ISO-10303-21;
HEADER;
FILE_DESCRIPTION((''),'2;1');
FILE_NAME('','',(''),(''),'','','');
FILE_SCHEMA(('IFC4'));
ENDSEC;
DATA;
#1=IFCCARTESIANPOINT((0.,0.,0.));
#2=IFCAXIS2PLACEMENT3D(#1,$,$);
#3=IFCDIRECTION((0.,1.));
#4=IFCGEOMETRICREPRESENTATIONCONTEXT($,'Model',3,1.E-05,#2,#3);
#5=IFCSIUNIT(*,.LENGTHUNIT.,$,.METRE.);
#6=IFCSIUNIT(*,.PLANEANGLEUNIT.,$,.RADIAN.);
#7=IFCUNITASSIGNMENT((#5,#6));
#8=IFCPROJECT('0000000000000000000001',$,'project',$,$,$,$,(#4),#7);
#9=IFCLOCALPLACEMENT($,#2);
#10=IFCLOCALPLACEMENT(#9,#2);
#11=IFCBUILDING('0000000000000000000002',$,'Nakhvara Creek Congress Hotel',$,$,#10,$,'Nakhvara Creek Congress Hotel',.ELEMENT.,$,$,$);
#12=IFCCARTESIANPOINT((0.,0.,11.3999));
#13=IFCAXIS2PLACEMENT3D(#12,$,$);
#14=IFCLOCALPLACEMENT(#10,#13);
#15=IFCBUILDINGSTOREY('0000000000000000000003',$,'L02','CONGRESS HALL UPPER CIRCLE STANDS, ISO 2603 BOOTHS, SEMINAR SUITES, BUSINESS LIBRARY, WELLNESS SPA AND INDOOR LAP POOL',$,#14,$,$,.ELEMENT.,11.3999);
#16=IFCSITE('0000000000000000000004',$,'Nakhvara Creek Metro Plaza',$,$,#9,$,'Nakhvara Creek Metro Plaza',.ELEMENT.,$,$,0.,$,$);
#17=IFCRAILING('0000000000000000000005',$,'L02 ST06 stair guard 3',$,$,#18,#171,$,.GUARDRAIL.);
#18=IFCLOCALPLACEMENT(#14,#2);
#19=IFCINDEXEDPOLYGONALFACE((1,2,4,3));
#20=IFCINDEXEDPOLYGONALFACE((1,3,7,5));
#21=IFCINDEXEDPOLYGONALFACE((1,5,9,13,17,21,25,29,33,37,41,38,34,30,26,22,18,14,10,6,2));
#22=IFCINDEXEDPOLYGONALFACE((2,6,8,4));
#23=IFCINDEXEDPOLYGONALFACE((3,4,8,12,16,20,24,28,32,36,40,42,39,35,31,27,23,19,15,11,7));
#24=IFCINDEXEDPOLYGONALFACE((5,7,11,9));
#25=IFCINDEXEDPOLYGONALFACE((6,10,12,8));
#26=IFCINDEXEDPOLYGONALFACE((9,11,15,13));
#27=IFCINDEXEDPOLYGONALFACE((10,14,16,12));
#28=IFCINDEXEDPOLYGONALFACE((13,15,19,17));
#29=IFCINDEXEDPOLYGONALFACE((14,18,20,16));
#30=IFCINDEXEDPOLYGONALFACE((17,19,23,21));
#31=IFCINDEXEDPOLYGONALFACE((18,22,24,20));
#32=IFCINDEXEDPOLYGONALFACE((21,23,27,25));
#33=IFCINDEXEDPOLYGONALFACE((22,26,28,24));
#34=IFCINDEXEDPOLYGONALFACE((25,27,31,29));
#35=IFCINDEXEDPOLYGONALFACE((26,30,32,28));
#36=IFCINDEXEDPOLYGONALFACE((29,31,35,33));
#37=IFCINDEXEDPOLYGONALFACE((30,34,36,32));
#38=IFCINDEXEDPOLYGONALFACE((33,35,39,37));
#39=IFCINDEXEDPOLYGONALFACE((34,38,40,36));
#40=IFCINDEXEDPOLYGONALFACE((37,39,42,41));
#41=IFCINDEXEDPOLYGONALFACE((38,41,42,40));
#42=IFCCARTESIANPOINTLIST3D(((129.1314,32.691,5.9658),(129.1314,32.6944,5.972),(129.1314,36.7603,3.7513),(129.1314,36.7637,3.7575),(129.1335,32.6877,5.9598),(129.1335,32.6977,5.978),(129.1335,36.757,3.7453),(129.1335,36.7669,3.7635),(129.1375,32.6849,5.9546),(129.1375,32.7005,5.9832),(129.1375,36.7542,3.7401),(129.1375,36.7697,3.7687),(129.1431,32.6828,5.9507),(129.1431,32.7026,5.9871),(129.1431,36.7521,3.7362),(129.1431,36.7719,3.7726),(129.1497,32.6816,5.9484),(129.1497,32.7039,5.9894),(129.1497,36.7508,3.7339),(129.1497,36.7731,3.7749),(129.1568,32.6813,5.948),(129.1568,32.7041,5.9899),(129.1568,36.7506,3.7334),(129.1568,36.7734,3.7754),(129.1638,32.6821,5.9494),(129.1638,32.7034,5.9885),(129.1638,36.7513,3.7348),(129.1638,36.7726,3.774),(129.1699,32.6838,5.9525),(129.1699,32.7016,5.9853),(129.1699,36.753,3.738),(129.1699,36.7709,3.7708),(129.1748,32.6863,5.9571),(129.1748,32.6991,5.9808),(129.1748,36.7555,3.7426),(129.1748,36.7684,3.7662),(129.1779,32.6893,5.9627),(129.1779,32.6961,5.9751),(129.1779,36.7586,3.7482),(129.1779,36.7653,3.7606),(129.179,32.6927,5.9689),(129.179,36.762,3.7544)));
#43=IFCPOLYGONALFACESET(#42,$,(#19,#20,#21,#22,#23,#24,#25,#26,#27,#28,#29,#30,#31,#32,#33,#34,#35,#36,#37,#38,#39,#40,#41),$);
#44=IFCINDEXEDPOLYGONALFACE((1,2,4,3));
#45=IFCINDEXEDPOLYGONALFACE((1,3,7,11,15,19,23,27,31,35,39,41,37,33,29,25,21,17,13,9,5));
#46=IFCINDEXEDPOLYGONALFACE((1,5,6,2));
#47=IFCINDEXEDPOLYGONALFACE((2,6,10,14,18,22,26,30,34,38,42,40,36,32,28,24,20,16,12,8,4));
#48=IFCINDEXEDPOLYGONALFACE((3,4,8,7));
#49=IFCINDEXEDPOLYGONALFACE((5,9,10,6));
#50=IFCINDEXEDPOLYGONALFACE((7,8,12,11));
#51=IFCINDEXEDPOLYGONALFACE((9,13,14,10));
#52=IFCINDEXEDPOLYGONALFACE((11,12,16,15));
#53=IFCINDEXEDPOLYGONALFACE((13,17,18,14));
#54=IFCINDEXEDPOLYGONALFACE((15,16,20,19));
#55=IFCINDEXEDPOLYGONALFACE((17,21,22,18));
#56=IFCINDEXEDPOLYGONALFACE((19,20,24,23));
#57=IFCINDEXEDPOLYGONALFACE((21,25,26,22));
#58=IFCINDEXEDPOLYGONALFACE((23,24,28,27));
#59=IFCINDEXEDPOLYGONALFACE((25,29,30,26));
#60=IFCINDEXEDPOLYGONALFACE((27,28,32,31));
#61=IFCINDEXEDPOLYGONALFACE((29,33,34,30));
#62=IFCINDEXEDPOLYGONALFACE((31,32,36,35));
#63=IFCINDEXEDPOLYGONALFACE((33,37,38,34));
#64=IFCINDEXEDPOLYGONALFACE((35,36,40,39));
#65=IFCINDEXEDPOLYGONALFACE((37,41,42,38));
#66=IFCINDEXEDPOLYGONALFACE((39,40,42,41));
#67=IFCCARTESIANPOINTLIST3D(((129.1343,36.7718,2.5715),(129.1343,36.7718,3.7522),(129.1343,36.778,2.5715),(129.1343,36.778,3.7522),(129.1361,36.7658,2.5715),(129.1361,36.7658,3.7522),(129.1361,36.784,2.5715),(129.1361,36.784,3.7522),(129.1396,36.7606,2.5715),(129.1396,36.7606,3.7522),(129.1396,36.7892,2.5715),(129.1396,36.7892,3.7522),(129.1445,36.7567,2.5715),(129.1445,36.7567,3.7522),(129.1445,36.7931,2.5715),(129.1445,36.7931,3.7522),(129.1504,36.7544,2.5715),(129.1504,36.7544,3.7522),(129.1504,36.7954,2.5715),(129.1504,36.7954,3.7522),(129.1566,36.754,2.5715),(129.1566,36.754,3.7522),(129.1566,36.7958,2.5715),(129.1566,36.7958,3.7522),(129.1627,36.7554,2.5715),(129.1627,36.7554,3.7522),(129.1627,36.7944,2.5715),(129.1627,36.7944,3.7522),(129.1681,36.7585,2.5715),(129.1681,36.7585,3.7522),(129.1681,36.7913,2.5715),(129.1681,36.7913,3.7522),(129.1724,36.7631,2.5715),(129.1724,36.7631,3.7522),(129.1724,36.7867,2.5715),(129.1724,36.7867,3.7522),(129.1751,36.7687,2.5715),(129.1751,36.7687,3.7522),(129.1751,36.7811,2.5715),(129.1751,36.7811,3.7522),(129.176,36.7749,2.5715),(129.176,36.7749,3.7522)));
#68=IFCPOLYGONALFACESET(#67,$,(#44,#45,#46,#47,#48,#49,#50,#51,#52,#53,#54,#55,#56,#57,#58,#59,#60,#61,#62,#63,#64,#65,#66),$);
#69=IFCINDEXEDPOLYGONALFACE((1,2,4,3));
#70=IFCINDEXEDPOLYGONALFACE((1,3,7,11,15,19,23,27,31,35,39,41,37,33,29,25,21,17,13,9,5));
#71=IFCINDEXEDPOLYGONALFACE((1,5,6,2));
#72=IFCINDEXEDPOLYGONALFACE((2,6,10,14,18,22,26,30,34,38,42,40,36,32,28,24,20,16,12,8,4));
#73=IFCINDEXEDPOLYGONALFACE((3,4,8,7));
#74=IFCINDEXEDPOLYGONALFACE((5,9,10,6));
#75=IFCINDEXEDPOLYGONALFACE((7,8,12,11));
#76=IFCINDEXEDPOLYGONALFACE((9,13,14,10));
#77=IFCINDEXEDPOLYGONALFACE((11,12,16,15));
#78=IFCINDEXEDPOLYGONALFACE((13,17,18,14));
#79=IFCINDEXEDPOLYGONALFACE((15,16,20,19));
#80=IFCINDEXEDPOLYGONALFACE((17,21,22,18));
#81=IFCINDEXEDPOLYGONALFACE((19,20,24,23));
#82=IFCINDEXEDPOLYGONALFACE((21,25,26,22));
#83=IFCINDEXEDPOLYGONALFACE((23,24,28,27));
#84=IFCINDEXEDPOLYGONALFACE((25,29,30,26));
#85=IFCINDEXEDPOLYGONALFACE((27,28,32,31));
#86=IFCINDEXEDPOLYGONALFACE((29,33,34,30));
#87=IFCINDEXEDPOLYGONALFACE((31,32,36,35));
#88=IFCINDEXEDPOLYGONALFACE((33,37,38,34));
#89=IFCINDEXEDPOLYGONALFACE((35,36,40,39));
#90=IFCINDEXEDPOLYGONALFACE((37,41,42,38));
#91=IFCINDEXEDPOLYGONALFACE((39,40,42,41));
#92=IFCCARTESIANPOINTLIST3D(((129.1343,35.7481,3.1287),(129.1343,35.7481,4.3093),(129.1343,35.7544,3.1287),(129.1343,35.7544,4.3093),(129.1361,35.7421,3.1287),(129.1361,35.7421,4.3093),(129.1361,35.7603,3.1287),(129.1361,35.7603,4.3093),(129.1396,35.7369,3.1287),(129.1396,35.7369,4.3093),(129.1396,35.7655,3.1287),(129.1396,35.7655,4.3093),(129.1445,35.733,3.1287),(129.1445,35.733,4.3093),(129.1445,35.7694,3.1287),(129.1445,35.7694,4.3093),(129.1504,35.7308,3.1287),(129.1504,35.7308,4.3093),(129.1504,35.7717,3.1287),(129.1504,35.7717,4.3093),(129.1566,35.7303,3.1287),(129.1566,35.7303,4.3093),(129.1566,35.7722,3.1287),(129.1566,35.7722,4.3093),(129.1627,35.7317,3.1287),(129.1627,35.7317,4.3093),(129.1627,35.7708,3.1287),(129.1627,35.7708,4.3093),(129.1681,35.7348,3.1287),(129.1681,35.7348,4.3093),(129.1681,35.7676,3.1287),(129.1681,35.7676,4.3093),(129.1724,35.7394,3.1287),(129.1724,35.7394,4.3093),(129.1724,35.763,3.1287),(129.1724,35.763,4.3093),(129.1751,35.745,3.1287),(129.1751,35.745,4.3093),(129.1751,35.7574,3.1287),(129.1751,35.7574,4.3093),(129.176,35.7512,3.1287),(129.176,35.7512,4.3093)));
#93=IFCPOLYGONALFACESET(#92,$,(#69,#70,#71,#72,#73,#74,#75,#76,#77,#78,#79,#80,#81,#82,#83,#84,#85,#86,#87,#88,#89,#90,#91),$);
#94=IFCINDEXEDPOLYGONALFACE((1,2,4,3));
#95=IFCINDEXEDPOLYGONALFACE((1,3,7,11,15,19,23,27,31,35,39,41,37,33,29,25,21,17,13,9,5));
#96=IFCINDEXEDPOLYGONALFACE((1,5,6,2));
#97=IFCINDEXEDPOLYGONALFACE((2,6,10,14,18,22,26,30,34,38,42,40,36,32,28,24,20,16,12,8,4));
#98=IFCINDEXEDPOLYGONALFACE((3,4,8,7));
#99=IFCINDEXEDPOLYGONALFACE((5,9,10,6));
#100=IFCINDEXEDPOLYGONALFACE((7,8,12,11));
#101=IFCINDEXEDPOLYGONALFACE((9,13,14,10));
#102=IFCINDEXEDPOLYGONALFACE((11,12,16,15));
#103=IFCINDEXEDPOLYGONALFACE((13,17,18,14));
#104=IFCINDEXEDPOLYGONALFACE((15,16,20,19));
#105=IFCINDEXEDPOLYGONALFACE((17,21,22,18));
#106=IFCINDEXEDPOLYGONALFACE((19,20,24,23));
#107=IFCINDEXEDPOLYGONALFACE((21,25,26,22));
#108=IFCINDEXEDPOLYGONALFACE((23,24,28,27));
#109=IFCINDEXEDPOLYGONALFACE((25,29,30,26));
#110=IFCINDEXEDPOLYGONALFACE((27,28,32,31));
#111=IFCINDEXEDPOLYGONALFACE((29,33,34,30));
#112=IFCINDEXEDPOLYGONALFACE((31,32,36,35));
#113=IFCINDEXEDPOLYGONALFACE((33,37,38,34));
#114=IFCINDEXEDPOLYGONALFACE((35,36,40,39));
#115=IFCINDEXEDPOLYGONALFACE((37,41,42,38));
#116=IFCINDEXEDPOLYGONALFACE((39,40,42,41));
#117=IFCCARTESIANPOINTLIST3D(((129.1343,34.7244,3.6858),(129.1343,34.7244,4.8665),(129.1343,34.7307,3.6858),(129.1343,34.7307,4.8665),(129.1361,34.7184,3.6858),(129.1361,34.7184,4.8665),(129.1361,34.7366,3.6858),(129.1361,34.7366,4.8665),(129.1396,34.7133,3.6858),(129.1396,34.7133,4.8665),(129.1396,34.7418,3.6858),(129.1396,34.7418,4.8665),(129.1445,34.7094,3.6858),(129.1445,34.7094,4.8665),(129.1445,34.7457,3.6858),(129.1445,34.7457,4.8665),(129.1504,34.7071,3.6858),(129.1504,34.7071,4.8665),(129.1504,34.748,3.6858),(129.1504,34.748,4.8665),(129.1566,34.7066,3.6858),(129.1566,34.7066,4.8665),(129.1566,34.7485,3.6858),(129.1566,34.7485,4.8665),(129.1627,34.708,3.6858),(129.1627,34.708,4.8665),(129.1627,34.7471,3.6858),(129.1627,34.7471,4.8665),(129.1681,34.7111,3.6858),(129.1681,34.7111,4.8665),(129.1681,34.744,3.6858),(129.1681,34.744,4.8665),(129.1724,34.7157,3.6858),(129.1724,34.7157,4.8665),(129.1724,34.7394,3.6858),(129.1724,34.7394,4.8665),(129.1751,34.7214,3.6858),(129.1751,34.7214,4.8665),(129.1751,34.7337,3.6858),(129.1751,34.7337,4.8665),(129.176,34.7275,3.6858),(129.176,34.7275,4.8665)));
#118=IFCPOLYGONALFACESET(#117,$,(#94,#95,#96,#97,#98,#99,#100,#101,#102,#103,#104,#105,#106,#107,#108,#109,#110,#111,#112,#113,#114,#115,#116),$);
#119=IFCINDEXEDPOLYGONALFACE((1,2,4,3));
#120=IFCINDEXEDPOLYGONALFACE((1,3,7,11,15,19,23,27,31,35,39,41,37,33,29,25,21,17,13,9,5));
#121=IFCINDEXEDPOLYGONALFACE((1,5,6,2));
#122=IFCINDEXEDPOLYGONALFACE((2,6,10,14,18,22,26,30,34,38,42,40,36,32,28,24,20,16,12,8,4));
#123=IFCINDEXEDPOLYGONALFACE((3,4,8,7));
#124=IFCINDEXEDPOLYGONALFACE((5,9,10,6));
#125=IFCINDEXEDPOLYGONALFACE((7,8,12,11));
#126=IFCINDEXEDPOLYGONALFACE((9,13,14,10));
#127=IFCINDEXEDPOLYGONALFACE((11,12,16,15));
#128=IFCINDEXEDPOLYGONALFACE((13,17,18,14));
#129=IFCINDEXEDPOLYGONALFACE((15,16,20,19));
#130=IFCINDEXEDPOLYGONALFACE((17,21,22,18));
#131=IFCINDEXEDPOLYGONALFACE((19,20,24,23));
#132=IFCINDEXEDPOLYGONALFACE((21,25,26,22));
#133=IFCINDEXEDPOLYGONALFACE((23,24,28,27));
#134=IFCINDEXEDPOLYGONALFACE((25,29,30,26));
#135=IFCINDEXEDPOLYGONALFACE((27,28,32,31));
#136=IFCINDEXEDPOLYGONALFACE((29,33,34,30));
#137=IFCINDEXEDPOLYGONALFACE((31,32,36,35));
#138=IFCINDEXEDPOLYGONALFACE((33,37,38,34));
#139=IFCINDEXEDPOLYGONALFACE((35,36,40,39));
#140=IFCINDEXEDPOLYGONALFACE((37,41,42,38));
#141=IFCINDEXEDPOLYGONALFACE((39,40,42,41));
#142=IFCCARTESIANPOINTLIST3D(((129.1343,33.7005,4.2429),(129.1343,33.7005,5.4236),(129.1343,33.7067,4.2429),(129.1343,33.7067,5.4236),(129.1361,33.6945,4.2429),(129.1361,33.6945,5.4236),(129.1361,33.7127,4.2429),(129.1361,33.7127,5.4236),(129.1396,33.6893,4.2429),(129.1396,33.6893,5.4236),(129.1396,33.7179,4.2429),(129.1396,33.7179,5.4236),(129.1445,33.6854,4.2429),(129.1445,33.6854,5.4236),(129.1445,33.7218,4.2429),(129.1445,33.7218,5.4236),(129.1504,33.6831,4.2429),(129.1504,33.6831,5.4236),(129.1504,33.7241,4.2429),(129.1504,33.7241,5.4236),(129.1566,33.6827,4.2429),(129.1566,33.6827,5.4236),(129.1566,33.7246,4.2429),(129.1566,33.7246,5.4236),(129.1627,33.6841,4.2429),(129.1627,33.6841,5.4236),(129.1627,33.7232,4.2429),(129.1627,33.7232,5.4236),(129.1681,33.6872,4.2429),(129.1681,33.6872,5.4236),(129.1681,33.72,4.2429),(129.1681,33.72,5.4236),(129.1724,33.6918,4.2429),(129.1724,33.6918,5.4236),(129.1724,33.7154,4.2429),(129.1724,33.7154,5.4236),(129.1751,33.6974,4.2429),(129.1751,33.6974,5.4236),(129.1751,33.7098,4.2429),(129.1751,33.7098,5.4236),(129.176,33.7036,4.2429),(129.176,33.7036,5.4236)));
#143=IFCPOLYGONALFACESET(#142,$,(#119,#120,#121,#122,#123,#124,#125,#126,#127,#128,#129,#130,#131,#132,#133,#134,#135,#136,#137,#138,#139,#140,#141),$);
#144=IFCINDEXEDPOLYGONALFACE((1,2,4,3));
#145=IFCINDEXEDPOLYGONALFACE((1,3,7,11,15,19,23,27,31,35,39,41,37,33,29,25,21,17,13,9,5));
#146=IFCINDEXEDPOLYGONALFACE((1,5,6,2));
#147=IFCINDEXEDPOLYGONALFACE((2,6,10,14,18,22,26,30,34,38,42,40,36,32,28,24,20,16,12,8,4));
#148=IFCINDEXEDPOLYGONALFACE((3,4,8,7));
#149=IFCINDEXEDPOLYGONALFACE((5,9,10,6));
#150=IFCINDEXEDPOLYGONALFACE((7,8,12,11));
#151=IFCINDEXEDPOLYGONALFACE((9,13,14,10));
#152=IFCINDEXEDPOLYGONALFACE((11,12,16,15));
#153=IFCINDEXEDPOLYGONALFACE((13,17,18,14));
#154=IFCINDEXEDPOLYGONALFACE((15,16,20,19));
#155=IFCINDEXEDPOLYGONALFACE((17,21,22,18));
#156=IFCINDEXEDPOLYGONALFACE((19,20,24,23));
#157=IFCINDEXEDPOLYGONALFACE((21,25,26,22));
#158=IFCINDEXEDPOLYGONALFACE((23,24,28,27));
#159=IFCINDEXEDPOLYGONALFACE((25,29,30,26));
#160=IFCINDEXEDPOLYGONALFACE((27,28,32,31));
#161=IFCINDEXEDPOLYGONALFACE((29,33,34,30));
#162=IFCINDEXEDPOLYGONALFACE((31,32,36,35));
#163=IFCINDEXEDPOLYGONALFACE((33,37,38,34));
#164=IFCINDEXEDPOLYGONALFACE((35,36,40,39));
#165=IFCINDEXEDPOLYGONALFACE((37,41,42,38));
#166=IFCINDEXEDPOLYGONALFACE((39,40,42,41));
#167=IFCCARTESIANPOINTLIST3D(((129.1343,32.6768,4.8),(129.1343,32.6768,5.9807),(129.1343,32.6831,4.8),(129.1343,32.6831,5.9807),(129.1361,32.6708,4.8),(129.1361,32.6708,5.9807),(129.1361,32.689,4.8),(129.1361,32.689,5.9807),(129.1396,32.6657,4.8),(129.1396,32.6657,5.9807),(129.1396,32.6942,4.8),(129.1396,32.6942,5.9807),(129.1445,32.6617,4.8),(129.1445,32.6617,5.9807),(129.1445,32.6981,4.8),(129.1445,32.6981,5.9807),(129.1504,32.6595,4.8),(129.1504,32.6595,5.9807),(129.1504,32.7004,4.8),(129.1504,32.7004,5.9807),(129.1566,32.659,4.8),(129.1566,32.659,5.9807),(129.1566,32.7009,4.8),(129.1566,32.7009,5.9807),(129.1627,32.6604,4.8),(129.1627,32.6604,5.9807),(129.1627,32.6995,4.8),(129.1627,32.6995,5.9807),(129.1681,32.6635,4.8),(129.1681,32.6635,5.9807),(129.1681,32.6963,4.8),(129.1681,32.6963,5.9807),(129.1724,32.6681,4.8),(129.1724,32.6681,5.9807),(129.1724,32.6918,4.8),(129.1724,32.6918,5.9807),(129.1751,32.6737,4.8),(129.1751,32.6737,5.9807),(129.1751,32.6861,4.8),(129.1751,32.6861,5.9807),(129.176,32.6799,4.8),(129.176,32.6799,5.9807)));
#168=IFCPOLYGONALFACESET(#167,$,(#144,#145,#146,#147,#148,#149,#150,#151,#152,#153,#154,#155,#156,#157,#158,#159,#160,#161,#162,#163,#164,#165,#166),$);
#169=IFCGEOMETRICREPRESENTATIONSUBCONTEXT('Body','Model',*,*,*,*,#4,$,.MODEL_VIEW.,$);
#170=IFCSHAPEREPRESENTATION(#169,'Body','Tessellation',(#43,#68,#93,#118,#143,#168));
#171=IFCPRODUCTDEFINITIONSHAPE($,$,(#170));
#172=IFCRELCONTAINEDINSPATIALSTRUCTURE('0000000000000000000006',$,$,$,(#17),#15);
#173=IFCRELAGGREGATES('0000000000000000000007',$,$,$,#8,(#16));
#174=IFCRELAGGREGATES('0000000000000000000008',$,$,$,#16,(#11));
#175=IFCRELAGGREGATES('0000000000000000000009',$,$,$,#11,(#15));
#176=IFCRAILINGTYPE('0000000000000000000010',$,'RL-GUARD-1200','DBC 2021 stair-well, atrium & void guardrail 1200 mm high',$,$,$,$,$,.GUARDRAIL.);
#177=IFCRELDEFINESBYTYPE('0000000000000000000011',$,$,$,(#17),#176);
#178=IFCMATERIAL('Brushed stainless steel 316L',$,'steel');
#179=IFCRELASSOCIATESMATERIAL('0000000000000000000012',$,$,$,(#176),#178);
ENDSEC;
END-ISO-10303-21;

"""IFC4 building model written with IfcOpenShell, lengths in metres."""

from ifc_helpers import new_model, si_unit, direction, frame, origin, origin_2d, place, context, subcontext, project, spatial, circle, extrude, material, type_object, element, save


model = new_model("IFC4")

# Units and contexts
model_context = context("Model", 3, precision=1e-05, world=origin(), true_north=direction((0.0, 1.0)))
body_context = subcontext(model_context, "Body", "Model", "MODEL_VIEW")
ifc_project = project(units=[si_unit("LENGTHUNIT", "METRE"), si_unit("PLANEANGLEUNIT", "RADIAN")], contexts=[model_context])

# Site, building, storey
site_placement = place(None, origin())
site = spatial("IfcSite", under=ifc_project, at=site_placement, Name="Nakhvara Creek Metro Plaza", LongName="Nakhvara Creek Metro Plaza", CompositionType="ELEMENT", RefElevation=0.0)
building_placement = place(site_placement, origin())
building = spatial("IfcBuilding", under=site, at=building_placement, Name="Nakhvara Creek Congress Hotel", LongName="Nakhvara Creek Congress Hotel", CompositionType="ELEMENT")
storey_placement = place(building_placement, frame((0.0, 0.0, 11.3999)))
storey = spatial("IfcBuildingStorey", under=building, at=storey_placement, Name="L02", Description="CONGRESS HALL UPPER CIRCLE STANDS, ISO 2603 BOOTHS, SEMINAR SUITES, BUSINESS LIBRARY, WELLNESS SPA AND INDOOR LAP POOL", CompositionType="ELEMENT", Elevation=11.3999)

# Railing
ifc_material_1 = material(Name="Brushed stainless steel 316L", Category="steel")
railing_type_1 = type_object("IfcRailingType", Name="RL-GUARD-1200", Description="DBC 2021 stair-well, atrium & void guardrail 1200 mm high", PredefinedType="GUARDRAIL", material=ifc_material_1)
railing_1_placement = place(storey_placement, frame((129.155, 36.7749, 2.5715)))
element("IfcRailing", 1, at=railing_1_placement, inside=storey, type_object=railing_type_1, Name="L02 ST06 stair guard 3", PredefinedType="GUARDRAIL", context=body_context, shape_type="SweptSolid", body=[
    extrude(circle(Radius=0.0239, at=origin_2d()), frame((0.0, -0.0129, 1.1829), z_axis=(0.0, -0.878355, 0.478008), x_axis=(1.0, 0.0, 0.0)), (0.0, 0.0, 1.0), 4.6328),
    extrude(circle(Radius=0.021, at=origin_2d()), origin(), (0.0, 0.0, 1.0), 1.1807),
    extrude(circle(Radius=0.021, at=origin_2d()), frame((0.0, -1.0237, 0.5571)), (0.0, 0.0, 1.0), 1.1807),
    extrude(circle(Radius=0.021, at=origin_2d()), frame((0.0, -2.0474, 1.1143)), (0.0, 0.0, 1.0), 1.1807),
    extrude(circle(Radius=0.021, at=origin_2d()), frame((0.0, -3.0713, 1.6714)), (0.0, 0.0, 1.0), 1.1807),
    extrude(circle(Radius=0.021, at=origin_2d()), frame((0.0, -4.095, 2.2285)), (0.0, 0.0, 1.0), 1.1807),
])

save(model, "model.ifc")
